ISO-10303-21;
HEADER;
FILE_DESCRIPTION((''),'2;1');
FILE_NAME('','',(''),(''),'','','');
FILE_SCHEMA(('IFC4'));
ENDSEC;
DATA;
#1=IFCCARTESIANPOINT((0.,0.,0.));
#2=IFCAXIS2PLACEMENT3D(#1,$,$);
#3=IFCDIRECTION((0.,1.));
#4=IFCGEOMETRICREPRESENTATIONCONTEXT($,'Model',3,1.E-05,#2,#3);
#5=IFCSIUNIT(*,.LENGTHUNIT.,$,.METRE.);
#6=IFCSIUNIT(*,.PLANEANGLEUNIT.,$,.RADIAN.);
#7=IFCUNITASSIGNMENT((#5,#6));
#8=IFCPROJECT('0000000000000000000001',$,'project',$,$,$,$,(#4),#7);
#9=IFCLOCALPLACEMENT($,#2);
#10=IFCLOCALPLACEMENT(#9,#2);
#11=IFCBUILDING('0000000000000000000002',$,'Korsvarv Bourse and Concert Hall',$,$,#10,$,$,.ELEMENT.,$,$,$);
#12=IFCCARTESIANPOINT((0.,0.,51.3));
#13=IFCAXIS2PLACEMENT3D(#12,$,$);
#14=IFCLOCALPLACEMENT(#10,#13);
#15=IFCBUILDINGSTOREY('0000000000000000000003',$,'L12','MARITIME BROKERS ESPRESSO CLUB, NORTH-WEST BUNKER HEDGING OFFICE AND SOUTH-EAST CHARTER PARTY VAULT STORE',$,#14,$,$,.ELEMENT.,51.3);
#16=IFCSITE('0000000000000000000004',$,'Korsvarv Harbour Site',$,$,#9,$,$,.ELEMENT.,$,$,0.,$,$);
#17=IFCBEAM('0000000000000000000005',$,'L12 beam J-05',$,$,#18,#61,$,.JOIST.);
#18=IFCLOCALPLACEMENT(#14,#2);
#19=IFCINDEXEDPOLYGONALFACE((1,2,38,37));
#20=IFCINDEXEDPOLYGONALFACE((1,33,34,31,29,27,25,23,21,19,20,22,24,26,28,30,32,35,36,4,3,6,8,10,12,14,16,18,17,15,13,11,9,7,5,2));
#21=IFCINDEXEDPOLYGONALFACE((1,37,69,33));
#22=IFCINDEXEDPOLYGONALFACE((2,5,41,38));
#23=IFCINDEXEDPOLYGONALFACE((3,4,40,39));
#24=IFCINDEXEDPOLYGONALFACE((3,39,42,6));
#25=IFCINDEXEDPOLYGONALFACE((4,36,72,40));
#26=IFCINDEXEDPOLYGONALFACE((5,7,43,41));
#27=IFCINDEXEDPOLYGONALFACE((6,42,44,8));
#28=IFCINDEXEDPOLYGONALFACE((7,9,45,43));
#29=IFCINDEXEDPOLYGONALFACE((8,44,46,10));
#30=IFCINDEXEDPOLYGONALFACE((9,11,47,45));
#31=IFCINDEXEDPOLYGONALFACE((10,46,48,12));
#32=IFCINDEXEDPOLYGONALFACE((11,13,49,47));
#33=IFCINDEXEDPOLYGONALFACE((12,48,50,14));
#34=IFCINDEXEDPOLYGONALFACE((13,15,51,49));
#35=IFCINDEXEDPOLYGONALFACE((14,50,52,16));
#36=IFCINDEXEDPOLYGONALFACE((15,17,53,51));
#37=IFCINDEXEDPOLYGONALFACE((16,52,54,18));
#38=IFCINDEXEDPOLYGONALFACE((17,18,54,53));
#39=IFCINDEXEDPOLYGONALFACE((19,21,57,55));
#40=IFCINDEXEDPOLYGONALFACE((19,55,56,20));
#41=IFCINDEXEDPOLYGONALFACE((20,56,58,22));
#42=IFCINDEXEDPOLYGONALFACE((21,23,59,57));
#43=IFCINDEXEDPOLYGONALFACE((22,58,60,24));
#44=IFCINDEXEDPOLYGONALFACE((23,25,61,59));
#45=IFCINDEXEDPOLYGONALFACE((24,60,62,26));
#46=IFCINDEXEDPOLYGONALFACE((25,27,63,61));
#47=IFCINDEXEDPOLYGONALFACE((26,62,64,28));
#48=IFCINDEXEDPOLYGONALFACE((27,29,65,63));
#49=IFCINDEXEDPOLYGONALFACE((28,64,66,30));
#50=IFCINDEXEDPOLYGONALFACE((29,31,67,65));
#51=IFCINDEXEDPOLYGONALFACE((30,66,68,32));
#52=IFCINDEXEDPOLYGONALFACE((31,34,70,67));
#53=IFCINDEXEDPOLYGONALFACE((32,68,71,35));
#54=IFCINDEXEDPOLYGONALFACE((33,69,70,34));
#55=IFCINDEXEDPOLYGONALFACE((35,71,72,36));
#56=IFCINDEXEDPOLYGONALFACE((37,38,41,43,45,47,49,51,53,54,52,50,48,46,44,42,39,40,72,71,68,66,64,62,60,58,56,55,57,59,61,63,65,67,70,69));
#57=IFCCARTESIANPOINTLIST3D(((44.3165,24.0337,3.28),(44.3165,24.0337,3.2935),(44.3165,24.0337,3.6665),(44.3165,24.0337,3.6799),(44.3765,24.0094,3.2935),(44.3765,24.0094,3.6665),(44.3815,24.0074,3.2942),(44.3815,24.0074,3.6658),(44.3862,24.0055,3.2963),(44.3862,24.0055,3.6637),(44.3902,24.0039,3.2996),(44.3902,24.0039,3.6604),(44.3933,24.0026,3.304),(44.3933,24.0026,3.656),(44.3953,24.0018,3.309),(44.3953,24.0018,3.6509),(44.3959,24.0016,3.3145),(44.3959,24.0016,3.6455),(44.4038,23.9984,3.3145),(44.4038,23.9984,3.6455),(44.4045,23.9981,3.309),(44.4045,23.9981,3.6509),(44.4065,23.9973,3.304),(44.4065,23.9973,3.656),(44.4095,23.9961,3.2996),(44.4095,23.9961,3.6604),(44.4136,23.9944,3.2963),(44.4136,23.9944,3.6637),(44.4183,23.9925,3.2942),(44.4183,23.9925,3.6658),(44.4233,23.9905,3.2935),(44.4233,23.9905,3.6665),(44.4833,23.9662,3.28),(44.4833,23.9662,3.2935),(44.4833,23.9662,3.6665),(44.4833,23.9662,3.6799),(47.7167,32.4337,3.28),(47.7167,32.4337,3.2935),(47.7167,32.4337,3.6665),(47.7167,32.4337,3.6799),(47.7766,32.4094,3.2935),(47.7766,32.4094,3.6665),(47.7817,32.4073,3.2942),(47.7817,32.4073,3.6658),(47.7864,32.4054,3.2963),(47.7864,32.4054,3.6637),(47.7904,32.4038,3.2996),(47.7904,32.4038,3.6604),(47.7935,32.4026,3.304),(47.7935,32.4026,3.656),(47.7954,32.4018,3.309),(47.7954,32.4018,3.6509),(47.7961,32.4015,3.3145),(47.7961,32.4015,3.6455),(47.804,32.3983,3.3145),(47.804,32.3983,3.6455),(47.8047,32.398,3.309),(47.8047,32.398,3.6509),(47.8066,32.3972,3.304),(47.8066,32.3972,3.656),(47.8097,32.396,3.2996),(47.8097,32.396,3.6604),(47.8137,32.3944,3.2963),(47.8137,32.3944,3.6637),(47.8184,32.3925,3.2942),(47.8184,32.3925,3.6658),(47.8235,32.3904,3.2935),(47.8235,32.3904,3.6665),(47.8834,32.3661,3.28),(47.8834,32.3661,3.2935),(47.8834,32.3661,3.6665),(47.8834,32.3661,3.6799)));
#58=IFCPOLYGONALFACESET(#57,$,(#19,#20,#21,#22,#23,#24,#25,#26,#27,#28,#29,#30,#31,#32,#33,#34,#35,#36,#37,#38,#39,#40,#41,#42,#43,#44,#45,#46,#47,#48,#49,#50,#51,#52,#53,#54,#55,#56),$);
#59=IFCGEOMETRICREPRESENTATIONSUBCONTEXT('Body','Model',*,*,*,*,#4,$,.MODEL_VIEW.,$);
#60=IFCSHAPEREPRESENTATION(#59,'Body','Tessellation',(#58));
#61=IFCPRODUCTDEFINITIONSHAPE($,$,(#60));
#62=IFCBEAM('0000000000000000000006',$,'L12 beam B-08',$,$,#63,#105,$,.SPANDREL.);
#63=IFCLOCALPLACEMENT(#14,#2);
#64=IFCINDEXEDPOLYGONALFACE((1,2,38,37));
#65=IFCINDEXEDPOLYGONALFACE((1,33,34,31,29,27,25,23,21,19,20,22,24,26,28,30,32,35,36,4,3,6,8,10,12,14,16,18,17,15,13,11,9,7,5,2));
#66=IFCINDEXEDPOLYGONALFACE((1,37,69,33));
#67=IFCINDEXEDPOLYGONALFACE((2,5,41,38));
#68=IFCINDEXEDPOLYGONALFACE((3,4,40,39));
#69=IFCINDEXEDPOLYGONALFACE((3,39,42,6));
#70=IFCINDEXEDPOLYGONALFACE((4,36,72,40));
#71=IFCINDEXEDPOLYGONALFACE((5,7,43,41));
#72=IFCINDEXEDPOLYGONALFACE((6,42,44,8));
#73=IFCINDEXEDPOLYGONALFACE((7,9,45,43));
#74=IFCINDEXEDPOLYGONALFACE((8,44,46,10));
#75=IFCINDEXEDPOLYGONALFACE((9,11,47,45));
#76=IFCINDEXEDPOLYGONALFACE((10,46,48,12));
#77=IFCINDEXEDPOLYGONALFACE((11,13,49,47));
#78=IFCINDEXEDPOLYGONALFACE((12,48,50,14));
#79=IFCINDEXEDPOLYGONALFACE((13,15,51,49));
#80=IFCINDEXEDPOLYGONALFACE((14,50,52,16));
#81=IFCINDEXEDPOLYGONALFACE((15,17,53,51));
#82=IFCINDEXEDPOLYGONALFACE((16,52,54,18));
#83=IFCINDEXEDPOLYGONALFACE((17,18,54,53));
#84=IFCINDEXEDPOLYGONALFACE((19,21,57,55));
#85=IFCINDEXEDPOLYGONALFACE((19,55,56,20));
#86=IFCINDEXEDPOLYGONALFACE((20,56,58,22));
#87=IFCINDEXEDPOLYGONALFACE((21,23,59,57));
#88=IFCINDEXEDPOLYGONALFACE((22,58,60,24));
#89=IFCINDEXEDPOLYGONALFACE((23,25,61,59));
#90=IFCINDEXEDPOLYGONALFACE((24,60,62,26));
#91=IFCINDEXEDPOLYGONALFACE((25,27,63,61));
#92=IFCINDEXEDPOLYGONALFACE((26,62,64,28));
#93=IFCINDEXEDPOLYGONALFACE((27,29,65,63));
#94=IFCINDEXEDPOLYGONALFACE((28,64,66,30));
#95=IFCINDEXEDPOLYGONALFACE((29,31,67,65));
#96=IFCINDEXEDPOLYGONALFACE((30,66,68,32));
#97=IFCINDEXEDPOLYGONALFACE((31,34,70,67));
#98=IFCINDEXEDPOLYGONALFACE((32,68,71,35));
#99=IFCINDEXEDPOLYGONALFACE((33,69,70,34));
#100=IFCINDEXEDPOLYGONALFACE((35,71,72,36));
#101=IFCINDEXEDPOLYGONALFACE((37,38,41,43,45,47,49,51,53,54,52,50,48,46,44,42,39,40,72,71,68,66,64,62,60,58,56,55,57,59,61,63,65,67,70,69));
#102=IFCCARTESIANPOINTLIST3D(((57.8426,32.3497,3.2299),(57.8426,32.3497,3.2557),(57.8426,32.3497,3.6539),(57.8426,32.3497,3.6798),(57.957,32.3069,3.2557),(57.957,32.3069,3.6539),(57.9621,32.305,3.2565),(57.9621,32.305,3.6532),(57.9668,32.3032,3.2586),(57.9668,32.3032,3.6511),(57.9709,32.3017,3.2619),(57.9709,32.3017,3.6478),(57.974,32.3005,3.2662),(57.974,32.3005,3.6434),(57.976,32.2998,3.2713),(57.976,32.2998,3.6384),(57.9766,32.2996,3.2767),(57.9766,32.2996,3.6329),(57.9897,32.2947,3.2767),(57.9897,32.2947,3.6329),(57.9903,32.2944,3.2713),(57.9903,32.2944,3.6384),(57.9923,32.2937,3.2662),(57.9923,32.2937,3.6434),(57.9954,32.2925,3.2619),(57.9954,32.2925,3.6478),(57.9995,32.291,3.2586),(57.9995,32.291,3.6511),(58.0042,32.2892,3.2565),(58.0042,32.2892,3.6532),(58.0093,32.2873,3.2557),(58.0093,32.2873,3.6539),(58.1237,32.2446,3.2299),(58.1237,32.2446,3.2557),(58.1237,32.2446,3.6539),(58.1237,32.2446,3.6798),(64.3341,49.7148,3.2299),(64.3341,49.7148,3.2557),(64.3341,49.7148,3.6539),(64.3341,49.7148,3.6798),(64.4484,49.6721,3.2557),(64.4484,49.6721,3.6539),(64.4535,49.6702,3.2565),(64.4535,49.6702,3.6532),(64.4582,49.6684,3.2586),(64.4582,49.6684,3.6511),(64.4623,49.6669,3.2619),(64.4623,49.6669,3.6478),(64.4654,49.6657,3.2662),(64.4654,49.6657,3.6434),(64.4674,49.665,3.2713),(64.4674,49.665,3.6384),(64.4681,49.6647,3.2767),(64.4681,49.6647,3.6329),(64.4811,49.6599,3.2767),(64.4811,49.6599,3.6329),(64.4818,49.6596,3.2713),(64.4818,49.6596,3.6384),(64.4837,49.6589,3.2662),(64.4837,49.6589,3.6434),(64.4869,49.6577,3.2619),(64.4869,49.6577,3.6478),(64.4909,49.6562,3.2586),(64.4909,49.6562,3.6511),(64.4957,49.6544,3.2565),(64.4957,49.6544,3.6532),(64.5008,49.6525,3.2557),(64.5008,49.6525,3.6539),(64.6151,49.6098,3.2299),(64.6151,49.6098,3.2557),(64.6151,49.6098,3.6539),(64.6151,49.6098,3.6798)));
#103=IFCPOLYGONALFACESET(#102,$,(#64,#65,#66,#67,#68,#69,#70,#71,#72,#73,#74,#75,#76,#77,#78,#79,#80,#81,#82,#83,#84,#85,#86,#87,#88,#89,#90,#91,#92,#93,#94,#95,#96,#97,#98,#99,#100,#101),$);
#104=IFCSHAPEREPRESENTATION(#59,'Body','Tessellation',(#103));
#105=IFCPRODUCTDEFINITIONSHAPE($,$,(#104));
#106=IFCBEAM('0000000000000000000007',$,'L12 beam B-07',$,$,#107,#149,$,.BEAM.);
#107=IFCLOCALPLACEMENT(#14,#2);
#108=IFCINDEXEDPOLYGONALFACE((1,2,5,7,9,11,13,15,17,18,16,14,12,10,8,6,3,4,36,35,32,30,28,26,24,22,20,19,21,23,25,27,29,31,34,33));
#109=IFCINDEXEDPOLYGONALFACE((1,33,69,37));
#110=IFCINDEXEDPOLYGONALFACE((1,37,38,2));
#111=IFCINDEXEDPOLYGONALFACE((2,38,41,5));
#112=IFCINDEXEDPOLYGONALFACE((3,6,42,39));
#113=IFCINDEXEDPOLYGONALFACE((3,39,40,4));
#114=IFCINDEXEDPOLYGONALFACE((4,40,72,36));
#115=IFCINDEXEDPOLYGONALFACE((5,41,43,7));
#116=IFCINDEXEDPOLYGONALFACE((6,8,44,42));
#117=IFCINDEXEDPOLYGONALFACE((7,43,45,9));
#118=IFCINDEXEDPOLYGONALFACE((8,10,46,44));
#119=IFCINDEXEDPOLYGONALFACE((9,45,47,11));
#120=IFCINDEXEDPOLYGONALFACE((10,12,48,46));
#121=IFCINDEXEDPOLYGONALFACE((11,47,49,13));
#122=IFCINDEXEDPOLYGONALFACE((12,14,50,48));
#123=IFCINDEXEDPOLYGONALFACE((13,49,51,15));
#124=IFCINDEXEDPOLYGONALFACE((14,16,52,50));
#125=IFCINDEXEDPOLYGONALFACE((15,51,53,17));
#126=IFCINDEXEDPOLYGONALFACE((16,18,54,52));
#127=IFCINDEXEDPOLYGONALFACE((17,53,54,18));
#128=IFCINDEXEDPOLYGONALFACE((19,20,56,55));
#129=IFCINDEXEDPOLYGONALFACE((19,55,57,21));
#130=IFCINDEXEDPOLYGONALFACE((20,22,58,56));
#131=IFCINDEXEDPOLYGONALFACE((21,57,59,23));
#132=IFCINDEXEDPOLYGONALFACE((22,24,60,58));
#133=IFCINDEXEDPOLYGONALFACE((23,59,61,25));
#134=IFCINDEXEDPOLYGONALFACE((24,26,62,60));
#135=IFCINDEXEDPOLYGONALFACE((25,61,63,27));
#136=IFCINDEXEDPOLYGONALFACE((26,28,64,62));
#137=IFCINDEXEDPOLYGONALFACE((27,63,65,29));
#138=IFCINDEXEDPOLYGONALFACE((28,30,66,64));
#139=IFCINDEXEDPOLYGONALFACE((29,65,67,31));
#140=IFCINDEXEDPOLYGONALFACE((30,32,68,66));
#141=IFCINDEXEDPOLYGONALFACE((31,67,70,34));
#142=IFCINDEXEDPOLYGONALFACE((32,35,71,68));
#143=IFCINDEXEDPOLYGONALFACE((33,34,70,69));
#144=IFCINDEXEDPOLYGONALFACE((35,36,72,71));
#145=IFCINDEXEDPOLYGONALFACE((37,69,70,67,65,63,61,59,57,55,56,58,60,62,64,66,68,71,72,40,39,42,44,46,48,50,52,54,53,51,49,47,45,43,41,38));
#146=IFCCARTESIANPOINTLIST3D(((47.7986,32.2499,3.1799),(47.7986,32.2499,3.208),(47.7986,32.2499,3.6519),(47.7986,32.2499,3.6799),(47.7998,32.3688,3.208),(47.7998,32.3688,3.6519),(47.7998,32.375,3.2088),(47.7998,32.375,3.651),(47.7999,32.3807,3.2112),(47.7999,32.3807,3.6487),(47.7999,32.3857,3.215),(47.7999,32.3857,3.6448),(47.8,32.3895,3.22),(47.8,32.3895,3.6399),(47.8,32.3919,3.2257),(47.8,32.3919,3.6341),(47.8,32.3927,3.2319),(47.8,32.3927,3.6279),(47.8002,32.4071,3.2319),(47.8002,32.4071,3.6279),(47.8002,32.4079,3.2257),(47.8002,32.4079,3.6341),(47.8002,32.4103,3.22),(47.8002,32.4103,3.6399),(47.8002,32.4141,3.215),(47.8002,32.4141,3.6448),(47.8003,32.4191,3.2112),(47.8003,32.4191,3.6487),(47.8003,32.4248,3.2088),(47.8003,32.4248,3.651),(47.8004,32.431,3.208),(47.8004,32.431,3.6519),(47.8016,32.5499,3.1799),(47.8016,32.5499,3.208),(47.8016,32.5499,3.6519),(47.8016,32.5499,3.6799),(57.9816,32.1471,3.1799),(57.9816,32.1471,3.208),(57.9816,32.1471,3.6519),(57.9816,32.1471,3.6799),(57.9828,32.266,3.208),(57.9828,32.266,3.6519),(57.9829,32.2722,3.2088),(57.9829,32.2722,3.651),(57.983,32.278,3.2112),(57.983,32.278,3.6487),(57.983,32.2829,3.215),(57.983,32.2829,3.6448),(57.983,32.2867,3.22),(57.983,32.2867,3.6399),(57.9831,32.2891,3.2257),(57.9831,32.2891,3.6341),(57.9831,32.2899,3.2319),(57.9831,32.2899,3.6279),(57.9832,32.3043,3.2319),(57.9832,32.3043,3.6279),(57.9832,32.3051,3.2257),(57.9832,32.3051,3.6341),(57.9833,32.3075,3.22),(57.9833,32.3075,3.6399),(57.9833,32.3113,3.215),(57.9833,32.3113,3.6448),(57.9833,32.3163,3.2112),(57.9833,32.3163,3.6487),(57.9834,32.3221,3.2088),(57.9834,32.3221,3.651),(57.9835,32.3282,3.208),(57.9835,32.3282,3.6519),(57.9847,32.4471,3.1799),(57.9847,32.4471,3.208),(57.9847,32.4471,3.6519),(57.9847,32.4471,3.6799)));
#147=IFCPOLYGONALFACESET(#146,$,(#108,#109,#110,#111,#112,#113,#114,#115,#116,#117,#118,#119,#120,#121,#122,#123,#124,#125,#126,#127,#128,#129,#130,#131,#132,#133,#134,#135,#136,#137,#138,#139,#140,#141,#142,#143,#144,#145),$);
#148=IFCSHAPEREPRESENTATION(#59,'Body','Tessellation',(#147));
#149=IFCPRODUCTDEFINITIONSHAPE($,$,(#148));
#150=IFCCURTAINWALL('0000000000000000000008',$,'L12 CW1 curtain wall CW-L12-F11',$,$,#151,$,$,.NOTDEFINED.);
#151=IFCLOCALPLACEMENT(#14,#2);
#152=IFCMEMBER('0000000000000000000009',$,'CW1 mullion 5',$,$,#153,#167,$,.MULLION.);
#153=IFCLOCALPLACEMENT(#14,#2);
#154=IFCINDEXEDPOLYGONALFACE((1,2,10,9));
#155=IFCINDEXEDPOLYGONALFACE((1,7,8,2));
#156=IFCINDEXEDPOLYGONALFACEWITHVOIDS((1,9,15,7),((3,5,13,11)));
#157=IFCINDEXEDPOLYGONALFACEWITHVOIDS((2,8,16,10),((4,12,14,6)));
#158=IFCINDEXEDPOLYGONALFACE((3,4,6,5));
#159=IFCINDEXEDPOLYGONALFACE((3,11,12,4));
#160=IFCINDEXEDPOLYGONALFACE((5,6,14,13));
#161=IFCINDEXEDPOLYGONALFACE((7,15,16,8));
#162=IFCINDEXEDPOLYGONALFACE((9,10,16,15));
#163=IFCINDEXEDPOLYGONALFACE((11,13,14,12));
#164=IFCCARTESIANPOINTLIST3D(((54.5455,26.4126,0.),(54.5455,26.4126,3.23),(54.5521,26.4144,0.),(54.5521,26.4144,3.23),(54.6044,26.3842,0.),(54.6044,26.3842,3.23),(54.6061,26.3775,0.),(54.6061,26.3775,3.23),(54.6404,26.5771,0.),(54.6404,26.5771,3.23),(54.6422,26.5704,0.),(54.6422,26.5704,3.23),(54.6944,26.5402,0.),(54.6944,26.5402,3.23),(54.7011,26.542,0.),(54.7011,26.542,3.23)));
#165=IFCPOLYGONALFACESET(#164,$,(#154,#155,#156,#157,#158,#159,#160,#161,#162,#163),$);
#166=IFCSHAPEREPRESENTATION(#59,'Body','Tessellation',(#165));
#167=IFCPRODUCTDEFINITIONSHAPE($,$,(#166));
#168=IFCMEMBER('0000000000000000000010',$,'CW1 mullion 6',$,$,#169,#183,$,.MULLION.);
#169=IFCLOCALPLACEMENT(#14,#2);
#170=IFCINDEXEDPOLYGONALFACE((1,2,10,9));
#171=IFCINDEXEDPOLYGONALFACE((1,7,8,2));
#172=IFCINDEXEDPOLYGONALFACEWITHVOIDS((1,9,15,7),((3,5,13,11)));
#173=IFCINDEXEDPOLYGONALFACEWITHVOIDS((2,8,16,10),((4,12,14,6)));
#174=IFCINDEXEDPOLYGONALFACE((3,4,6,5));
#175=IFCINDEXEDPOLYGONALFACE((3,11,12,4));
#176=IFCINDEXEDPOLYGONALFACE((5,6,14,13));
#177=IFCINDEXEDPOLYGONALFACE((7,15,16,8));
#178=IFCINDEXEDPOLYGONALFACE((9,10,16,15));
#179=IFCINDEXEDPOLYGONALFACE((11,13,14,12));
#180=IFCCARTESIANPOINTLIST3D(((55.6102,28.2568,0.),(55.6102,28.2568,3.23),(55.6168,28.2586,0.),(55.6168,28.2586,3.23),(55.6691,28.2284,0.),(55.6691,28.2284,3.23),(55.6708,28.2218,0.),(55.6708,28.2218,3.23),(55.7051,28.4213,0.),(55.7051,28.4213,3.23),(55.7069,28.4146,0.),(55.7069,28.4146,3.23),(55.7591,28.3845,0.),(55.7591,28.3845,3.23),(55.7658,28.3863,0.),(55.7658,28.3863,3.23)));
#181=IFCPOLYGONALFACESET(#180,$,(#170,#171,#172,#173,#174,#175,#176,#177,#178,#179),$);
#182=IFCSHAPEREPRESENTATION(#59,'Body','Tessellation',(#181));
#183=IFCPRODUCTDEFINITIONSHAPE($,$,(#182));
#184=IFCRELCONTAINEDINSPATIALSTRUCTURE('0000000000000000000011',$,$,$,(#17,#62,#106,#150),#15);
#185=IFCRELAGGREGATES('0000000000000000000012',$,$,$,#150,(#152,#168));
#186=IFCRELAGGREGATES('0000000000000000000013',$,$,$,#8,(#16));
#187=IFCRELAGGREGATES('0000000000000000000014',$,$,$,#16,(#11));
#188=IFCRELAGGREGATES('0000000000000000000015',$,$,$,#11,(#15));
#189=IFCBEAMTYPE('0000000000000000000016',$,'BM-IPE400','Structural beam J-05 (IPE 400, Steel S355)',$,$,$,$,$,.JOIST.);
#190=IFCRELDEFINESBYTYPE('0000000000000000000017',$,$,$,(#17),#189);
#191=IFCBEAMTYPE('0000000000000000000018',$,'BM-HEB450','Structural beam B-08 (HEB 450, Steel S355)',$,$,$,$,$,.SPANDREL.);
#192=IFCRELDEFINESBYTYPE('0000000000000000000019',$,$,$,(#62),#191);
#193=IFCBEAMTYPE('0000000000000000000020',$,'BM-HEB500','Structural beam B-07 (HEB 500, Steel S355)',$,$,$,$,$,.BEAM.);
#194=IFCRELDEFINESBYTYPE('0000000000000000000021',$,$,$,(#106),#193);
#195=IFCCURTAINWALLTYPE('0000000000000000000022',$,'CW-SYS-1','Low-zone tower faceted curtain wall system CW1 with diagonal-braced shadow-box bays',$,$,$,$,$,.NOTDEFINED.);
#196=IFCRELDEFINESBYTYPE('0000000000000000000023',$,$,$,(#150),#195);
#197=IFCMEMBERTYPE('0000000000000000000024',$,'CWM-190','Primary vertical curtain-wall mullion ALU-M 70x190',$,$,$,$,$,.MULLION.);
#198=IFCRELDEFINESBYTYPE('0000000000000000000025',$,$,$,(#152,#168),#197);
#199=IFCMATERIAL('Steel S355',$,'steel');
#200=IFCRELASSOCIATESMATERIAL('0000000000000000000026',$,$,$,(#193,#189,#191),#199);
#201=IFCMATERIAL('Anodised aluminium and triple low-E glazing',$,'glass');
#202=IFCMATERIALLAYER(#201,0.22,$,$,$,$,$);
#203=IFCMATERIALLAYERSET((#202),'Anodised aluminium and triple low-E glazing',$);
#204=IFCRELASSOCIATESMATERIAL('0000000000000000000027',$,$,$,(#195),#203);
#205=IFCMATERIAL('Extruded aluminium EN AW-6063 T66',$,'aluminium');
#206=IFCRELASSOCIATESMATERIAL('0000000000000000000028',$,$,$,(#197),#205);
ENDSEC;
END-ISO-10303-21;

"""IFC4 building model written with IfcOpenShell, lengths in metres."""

from ifc_helpers import new_model, si_unit, direction, frame, origin, origin_2d, place, context, subcontext, project, spatial, hollow_rectangle, i_section, extrude, source, transform, mapped, material, layer, layer_set, material_profile, profile_set, type_object, element, aggregate, save


model = new_model("IFC4")

# Units and contexts
model_context = context("Model", 3, precision=1e-05, world=origin(), true_north=direction((0.0, 1.0)))
body_context = subcontext(model_context, "Body", "Model", "MODEL_VIEW")
ifc_project = project(units=[si_unit("LENGTHUNIT", "METRE"), si_unit("PLANEANGLEUNIT", "RADIAN")], contexts=[model_context])

# Site, building, storey
site_placement = place(None, origin())
site = spatial("IfcSite", under=ifc_project, at=site_placement, Name="Korsvarv Harbour Site", CompositionType="ELEMENT", RefElevation=0.0)
building_placement = place(site_placement, origin())
building = spatial("IfcBuilding", under=site, at=building_placement, Name="Korsvarv Bourse and Concert Hall", CompositionType="ELEMENT")
storey_placement = place(building_placement, frame((0.0, 0.0, 51.3)))
storey = spatial("IfcBuildingStorey", under=building, at=storey_placement, Name="L12", Description="MARITIME BROKERS ESPRESSO CLUB, NORTH-WEST BUNKER HEDGING OFFICE AND SOUTH-EAST CHARTER PARTY VAULT STORE", CompositionType="ELEMENT", Elevation=51.3)

# Beams
ifc_material_1 = material(Name="Steel S355", Category="steel")
ifc_material_profile_1 = material_profile(ifc_material_1, i_section(OverallWidth=0.3, OverallDepth=0.5, WebThickness=0.0144, FlangeThickness=0.0281, FilletRadius=0.0239, at=origin_2d()), Name="HEB 500")
ifc_profile_set_1 = profile_set([ifc_material_profile_1], Name="Steel S355")
beam_type_1 = type_object("IfcBeamType", Name="BM-HEB500", Description="Structural beam B-07 (HEB 500, Steel S355)", PredefinedType="BEAM", material=ifc_profile_set_1)
ifc_material_profile_2 = material_profile(ifc_material_1, i_section(OverallWidth=0.1799, OverallDepth=0.3999, WebThickness=0.0085, FlangeThickness=0.0134, FilletRadius=0.021, at=origin_2d()), Name="IPE 400")
ifc_profile_set_2 = profile_set([ifc_material_profile_2], Name="Steel S355")
beam_type_2 = type_object("IfcBeamType", Name="BM-IPE400", Description="Structural beam J-05 (IPE 400, Steel S355)", PredefinedType="JOIST", material=ifc_profile_set_2)
shared_shape_1 = source(origin(), body_context, "Body", "SweptSolid", [
    extrude(i_section(OverallWidth=0.1799, OverallDepth=0.3999, WebThickness=0.0085, FlangeThickness=0.0134, FilletRadius=0.021, at=origin_2d()), origin(), (0.0, 0.0, 1.0), 9.062),
])
beam_1_placement = place(storey_placement, frame((47.8, 32.3999, 3.48), z_axis=(-0.37521, -0.92694, 0.0), x_axis=(0.92694, -0.37521, 0.0)))
element("IfcBeam", 1, at=beam_1_placement, inside=storey, type_object=beam_type_2, Name="L12 beam J-05", PredefinedType="JOIST", context=body_context, shape_type="MappedRepresentation", body=[
    mapped(shared_shape_1, transform((0.0, 0.0, 0.0), scale=1.0)),
])
ifc_material_profile_3 = material_profile(ifc_material_1, i_section(OverallWidth=0.3, OverallDepth=0.45, WebThickness=0.0139, FlangeThickness=0.0259, FilletRadius=0.021, at=origin_2d()), Name="HEB 450")
ifc_profile_set_3 = profile_set([ifc_material_profile_3], Name="Steel S355")
beam_type_3 = type_object("IfcBeamType", Name="BM-HEB450", Description="Structural beam B-08 (HEB 450, Steel S355)", PredefinedType="SPANDREL", material=ifc_profile_set_3)
shared_shape_2 = source(origin(), body_context, "Body", "SweptSolid", [
    extrude(i_section(OverallWidth=0.3, OverallDepth=0.45, WebThickness=0.0139, FlangeThickness=0.0259, FilletRadius=0.021, at=origin_2d()), origin(), (0.0, 0.0, 1.0), 18.5388),
])
beam_2_placement = place(storey_placement, frame((57.9832, 32.2971, 3.4548), z_axis=(0.350153, 0.936692, 0.0), x_axis=(-0.936692, 0.350153, 0.0)))
element("IfcBeam", 2, at=beam_2_placement, inside=storey, type_object=beam_type_3, Name="L12 beam B-08", PredefinedType="SPANDREL", context=body_context, shape_type="MappedRepresentation", body=[
    mapped(shared_shape_2, transform((0.0, 0.0, 0.0), scale=1.0)),
])
shared_shape_3 = source(origin(), body_context, "Body", "SweptSolid", [
    extrude(i_section(OverallWidth=0.3, OverallDepth=0.5, WebThickness=0.0144, FlangeThickness=0.0281, FilletRadius=0.0239, at=origin_2d()), origin(), (0.0, 0.0, 1.0), 10.1836),
])
beam_3_placement = place(storey_placement, frame((57.9832, 32.2971, 3.4299), z_axis=(-0.999949, 0.010093, 0.0), x_axis=(-0.010093, -0.999949, 0.0)))
element("IfcBeam", 3, at=beam_3_placement, inside=storey, type_object=beam_type_1, Name="L12 beam B-07", PredefinedType="BEAM", context=body_context, shape_type="MappedRepresentation", body=[
    mapped(shared_shape_3, transform((0.0, 0.0, 0.0), scale=1.0)),
])

# Curtain wall, members
ifc_material_2 = material(Name="Anodised aluminium and triple low-E glazing", Category="glass")
ifc_layer_1 = layer(ifc_material_2, 0.22)
ifc_layer_set_1 = layer_set([ifc_layer_1], Name="Anodised aluminium and triple low-E glazing")
curtain_wall_type = type_object("IfcCurtainWallType", Name="CW-SYS-1", Description="Low-zone tower faceted curtain wall system CW1 with diagonal-braced shadow-box bays", PredefinedType="NOTDEFINED", material=ifc_layer_set_1)
curtain_wall_placement = place(storey_placement, origin())
curtain_wall = element("IfcCurtainWall", 4, at=curtain_wall_placement, inside=storey, type_object=curtain_wall_type, Name="L12 CW1 curtain wall CW-L12-F11", PredefinedType="NOTDEFINED")
ifc_material_3 = material(Name="Extruded aluminium EN AW-6063 T66", Category="aluminium")
ifc_material_profile_4 = material_profile(ifc_material_3, hollow_rectangle(XDim=0.0701, YDim=0.1899, WallThickness=0.0049, at=origin_2d()), Name="ALU-M 70x190")
ifc_profile_set_4 = profile_set([ifc_material_profile_4], Name="Extruded aluminium EN AW-6063 T66")
member_type_1 = type_object("IfcMemberType", Name="CWM-190", Description="Primary vertical curtain-wall mullion ALU-M 70x190", PredefinedType="MULLION", material=ifc_profile_set_4)
shared_shape_4 = source(origin(), body_context, "Body", "SweptSolid", [
    extrude(hollow_rectangle(XDim=0.0701, YDim=0.1899, WallThickness=0.0049, at=origin_2d()), origin(), (0.0, 0.0, 1.0), 3.23),
])
member_1_placement = place(storey_placement, frame((54.6233, 26.4773, 0.0), z_axis=(0.0, 0.0, 1.0), x_axis=(-0.866025, 0.5, 0.0)))
member_1 = element("IfcMember", 5, at=member_1_placement, type_object=member_type_1, Name="CW1 mullion 5", PredefinedType="MULLION", context=body_context, shape_type="MappedRepresentation", body=[
    mapped(shared_shape_4, transform((0.0, 0.0, 0.0), scale=1.0)),
])
member_2_placement = place(storey_placement, frame((55.688, 28.3215, 0.0), z_axis=(0.0, 0.0, 1.0), x_axis=(-0.866025, 0.5, 0.0)))
member_2 = element("IfcMember", 6, at=member_2_placement, type_object=member_type_1, Name="CW1 mullion 6", PredefinedType="MULLION", context=body_context, shape_type="MappedRepresentation", body=[
    mapped(shared_shape_4, transform((0.0, 0.0, 0.0), scale=1.0)),
])
aggregate(curtain_wall, [member_1, member_2])

save(model, "model.ifc")
